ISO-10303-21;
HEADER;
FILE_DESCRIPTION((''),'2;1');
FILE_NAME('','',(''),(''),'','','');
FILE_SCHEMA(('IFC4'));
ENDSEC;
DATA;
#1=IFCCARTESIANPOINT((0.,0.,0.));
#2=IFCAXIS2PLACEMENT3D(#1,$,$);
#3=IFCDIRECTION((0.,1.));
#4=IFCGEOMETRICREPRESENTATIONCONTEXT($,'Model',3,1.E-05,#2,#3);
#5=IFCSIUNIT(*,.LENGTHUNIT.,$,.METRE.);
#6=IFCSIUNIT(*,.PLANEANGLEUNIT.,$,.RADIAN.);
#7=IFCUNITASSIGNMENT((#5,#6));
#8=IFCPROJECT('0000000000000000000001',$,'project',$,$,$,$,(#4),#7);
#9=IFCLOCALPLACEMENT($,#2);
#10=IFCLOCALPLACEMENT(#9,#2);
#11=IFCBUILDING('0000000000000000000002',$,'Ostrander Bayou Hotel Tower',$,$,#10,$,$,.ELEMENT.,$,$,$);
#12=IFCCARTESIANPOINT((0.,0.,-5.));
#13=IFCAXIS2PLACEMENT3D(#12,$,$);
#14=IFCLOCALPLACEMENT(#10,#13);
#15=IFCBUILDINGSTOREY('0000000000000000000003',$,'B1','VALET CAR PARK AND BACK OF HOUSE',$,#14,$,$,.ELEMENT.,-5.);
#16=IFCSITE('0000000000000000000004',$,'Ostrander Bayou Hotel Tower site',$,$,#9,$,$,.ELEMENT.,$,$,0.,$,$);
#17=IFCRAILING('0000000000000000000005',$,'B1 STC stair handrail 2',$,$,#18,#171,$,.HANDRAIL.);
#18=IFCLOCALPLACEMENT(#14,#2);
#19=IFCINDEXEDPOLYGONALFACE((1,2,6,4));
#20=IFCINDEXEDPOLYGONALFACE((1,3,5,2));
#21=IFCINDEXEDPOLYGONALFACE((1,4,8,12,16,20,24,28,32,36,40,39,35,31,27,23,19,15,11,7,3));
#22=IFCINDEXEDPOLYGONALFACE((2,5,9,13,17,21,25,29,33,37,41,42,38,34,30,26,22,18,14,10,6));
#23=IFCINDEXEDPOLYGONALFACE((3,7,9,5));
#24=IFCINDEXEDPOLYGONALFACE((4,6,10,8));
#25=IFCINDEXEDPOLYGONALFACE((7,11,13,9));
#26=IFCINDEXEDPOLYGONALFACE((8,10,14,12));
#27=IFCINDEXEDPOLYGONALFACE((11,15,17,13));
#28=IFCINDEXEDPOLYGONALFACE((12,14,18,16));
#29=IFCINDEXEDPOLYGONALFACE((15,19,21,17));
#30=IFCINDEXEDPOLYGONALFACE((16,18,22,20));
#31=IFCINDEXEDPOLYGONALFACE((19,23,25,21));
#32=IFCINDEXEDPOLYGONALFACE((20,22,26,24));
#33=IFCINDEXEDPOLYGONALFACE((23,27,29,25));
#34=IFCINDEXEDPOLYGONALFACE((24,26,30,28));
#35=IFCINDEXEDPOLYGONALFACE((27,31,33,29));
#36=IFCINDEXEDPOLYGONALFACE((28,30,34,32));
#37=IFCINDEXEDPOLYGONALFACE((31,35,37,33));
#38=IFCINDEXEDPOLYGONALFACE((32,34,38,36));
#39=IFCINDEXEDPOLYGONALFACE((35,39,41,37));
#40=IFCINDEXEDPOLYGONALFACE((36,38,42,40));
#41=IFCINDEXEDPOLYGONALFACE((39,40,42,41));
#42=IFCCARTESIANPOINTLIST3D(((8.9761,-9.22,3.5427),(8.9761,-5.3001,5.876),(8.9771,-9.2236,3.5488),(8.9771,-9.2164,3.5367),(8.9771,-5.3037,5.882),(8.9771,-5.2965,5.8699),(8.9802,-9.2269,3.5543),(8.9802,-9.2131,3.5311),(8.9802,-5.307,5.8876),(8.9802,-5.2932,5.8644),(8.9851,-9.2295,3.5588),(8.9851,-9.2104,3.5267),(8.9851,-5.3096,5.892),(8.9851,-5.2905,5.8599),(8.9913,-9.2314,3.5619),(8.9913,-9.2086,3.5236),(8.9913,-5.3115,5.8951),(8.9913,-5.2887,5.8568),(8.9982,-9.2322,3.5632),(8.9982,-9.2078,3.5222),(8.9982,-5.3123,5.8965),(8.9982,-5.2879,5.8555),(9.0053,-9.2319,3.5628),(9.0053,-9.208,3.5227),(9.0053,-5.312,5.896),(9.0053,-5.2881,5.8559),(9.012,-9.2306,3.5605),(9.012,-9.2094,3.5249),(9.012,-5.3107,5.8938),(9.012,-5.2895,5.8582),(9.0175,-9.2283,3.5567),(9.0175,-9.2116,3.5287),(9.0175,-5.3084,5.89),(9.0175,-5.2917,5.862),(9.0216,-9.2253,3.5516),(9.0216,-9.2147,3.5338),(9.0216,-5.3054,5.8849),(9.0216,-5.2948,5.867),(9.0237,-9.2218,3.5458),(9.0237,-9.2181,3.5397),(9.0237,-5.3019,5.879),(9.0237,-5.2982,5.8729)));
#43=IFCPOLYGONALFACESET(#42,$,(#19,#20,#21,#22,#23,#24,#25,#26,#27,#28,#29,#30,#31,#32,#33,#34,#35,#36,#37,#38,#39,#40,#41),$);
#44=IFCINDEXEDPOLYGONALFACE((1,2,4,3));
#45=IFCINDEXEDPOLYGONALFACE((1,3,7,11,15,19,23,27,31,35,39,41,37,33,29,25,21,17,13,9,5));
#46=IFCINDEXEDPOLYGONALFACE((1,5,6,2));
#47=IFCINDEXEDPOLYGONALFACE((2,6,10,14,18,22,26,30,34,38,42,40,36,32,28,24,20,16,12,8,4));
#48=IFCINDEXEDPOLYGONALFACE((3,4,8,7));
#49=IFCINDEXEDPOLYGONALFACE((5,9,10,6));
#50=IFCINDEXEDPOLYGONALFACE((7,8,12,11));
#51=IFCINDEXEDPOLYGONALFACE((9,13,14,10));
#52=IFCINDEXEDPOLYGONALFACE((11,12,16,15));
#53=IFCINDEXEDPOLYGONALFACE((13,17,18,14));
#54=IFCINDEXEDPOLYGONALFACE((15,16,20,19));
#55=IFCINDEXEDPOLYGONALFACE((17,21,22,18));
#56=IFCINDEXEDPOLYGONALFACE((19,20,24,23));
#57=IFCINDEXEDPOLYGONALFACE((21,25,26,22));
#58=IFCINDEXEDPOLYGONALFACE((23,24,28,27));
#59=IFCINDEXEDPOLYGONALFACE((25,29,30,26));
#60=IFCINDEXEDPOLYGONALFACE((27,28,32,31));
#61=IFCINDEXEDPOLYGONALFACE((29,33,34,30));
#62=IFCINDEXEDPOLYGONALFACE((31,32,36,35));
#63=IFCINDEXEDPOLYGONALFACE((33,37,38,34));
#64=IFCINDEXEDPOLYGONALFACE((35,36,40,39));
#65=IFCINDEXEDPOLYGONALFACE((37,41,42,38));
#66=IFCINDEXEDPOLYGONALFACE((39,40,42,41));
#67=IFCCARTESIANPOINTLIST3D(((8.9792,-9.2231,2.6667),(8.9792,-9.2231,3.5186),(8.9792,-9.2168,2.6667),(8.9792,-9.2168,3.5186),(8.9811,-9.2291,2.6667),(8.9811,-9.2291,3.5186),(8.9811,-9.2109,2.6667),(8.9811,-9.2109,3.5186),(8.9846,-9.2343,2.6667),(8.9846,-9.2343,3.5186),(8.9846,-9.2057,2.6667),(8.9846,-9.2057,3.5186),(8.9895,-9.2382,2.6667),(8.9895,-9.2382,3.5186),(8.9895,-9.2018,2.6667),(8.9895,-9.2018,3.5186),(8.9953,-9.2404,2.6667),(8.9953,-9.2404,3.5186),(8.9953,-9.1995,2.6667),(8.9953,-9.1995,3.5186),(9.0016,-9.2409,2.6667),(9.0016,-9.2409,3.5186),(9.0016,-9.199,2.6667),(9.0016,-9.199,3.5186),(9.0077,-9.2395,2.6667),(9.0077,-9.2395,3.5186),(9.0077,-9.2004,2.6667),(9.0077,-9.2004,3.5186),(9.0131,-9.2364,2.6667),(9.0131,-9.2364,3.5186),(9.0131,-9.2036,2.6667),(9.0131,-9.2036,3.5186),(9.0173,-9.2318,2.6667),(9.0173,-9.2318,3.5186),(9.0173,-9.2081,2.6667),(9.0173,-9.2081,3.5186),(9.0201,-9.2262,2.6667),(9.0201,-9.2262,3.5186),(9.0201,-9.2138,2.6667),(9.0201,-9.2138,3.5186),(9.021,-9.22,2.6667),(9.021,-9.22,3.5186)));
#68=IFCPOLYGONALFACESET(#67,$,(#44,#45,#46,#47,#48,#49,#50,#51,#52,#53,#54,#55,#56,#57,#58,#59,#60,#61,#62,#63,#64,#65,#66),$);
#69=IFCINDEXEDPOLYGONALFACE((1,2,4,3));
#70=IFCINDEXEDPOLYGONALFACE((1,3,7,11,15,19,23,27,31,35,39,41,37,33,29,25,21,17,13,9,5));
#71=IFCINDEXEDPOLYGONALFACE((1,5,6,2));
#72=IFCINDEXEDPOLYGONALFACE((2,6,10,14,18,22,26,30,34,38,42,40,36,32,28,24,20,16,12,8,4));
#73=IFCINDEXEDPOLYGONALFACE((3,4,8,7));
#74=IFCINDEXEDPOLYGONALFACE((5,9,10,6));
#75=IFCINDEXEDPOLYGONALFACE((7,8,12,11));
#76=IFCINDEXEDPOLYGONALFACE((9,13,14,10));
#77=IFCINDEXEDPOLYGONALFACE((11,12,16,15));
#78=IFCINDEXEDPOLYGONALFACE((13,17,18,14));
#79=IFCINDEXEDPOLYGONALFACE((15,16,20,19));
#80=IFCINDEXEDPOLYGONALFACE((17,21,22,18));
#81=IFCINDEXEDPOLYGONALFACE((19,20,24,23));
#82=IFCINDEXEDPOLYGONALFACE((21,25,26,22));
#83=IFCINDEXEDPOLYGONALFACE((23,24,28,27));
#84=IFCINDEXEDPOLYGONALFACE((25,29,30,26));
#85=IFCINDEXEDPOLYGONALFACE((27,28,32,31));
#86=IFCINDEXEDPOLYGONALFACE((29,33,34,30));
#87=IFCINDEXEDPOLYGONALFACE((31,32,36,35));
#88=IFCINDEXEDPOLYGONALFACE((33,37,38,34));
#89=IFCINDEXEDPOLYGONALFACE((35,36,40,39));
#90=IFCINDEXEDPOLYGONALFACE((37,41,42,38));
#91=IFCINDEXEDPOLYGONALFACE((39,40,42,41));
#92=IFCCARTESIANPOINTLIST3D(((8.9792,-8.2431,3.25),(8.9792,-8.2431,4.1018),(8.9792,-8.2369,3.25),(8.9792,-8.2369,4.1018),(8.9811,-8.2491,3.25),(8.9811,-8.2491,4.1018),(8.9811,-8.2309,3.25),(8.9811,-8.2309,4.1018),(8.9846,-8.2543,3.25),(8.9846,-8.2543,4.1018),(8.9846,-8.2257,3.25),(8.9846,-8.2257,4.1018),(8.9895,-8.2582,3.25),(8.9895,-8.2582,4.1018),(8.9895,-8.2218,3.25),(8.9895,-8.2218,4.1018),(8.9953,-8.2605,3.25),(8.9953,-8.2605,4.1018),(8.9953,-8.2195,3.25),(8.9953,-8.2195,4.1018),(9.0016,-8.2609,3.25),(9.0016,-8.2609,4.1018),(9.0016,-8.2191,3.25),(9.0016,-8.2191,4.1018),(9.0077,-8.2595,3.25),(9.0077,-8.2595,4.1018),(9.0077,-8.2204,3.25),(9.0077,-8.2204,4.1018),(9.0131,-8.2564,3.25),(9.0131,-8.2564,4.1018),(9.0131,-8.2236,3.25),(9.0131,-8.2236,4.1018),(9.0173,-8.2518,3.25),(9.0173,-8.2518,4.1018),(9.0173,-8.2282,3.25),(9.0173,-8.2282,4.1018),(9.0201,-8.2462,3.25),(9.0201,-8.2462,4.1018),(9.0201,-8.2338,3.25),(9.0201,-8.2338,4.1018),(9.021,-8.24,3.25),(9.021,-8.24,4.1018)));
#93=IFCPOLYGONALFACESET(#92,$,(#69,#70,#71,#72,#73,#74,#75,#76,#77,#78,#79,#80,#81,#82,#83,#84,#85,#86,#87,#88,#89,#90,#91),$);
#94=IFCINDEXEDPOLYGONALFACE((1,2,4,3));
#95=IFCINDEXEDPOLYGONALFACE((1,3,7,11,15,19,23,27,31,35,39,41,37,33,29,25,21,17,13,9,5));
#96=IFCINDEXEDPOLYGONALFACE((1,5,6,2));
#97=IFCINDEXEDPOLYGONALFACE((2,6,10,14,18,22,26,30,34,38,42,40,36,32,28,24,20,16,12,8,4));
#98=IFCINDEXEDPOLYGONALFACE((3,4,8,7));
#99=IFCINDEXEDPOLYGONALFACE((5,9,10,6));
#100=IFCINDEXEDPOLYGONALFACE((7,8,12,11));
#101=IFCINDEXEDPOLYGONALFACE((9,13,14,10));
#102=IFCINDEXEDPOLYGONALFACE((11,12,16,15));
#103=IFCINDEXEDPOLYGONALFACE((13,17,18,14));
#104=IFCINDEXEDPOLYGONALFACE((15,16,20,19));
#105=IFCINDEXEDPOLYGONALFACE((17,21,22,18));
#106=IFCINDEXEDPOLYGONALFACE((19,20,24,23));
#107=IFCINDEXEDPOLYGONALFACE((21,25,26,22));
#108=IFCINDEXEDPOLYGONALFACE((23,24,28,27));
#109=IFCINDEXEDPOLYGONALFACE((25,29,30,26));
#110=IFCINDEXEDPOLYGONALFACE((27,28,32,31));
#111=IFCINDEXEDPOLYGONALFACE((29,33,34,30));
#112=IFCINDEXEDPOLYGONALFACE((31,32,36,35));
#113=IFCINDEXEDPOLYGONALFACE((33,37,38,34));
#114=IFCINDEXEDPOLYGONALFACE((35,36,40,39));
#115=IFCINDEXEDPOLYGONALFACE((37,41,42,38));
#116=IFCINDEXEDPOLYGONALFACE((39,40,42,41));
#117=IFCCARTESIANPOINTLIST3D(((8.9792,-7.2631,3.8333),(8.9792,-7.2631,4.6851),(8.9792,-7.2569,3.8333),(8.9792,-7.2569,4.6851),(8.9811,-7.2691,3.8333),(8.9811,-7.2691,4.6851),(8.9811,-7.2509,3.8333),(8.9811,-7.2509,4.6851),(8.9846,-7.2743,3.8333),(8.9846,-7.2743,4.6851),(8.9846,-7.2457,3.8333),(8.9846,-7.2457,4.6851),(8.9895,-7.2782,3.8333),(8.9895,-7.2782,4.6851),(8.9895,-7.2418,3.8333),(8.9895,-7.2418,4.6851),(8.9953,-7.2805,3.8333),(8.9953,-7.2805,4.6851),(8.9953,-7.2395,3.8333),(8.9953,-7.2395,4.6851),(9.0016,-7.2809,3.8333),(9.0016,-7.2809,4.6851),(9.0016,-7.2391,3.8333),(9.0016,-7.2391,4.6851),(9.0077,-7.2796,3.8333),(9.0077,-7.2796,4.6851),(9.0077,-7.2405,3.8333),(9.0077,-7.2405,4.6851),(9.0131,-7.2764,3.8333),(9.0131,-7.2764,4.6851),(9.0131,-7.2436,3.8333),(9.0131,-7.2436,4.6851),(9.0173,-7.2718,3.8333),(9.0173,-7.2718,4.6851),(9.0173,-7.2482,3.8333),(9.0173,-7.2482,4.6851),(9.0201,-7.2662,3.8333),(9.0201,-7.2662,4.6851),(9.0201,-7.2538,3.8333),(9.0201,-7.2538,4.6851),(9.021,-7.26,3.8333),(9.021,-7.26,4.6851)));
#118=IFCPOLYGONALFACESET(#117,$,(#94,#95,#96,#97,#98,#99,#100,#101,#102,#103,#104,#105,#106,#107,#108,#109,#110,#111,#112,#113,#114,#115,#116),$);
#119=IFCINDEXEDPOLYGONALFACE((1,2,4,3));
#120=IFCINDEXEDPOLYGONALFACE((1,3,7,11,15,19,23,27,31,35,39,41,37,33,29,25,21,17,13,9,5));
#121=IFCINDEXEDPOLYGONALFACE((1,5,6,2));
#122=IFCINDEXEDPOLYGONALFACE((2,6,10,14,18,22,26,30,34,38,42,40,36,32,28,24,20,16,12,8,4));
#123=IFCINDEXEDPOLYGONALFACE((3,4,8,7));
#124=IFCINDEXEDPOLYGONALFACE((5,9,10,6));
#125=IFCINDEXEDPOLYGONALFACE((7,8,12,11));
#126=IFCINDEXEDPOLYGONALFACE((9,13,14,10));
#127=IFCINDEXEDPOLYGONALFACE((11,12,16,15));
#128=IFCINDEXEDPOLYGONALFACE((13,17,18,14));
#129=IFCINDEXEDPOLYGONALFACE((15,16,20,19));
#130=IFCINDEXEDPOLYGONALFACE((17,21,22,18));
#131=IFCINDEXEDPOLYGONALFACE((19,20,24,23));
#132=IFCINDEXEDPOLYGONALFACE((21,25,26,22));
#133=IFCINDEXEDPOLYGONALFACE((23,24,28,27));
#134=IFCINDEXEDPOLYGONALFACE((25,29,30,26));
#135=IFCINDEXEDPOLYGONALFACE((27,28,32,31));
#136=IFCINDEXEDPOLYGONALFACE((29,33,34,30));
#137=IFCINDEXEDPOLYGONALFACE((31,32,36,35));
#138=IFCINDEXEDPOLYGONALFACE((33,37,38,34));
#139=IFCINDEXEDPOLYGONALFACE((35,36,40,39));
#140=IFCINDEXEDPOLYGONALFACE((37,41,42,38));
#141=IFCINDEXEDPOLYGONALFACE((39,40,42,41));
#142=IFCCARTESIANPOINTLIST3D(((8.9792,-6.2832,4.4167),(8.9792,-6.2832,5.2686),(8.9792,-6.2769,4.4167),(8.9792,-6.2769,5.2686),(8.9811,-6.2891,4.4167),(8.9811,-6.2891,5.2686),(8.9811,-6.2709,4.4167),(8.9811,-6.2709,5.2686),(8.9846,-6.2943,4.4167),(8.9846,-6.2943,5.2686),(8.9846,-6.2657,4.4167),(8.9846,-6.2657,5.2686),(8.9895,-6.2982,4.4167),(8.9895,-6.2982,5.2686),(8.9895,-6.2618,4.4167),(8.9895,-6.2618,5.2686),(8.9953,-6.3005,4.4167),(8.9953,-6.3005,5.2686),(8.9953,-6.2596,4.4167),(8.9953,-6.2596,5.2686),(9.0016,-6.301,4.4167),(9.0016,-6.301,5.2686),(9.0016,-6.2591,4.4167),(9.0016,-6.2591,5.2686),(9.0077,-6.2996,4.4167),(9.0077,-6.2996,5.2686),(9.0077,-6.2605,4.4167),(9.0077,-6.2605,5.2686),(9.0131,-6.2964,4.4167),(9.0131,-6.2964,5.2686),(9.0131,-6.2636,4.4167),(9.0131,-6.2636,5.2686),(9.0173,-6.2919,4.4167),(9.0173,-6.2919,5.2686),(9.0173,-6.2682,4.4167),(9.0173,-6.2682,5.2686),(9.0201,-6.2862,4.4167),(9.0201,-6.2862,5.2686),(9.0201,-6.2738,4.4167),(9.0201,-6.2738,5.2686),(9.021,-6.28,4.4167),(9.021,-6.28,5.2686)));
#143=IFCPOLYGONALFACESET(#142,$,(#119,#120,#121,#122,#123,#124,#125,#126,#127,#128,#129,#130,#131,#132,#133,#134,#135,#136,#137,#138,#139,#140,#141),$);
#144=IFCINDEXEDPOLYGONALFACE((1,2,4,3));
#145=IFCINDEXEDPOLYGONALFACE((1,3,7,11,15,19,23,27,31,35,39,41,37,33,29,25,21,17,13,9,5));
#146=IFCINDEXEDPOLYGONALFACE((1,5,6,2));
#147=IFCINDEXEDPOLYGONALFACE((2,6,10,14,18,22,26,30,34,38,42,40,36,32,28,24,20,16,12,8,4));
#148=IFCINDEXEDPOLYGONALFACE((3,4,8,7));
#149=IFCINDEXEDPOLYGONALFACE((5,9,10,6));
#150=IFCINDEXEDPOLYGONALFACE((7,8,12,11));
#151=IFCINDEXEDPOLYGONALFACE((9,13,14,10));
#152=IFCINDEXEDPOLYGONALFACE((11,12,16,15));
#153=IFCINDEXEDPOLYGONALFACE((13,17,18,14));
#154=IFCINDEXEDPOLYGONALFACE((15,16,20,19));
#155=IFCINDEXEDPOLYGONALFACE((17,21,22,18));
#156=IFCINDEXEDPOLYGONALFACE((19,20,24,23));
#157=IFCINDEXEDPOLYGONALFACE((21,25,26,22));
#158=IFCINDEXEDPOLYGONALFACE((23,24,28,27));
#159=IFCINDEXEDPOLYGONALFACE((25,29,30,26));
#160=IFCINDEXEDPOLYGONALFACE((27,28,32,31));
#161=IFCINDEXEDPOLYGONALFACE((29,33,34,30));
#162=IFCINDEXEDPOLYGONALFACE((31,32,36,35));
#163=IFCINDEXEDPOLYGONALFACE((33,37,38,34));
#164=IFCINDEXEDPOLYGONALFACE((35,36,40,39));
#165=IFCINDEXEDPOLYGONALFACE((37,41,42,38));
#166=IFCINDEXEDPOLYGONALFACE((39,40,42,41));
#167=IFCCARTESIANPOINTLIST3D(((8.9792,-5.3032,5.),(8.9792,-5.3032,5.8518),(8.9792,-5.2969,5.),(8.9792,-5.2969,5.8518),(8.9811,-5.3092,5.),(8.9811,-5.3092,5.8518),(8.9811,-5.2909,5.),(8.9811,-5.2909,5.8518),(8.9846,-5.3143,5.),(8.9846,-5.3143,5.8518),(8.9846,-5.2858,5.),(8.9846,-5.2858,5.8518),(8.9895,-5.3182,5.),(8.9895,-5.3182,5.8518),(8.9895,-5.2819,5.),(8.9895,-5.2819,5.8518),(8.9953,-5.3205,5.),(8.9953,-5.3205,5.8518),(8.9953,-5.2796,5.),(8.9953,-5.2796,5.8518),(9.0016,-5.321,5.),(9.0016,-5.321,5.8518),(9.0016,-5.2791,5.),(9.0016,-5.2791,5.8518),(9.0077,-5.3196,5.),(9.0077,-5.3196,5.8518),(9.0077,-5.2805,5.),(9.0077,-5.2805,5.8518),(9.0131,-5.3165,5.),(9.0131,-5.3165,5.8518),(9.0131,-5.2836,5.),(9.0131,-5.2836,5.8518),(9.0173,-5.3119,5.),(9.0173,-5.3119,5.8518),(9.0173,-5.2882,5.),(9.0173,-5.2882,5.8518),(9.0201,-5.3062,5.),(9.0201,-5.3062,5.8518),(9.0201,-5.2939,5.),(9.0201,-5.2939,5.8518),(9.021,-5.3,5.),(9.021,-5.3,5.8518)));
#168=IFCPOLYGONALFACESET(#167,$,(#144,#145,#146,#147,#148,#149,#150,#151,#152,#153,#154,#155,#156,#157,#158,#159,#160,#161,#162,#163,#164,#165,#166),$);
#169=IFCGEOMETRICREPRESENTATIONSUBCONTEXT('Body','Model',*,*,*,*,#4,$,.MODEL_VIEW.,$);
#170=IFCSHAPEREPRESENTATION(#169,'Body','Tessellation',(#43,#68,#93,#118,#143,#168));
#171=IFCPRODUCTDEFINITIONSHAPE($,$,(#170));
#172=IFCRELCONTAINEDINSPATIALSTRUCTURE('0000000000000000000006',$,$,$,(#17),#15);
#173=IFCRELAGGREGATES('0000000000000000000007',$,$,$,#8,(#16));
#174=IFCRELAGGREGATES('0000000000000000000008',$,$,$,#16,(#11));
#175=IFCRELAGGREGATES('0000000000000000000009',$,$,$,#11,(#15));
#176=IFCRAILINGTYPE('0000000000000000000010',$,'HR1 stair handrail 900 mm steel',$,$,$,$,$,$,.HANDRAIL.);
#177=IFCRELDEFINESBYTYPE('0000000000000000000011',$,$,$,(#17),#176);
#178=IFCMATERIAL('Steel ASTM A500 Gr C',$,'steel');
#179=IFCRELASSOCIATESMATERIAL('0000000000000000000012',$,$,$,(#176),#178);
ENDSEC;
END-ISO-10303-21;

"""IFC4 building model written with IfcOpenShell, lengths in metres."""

from ifc_helpers import new_model, si_unit, direction, frame, origin, origin_2d, place, context, subcontext, project, spatial, circle, extrude, material, type_object, element, save


model = new_model("IFC4")

# Units and contexts
model_context = context("Model", 3, precision=1e-05, world=origin(), true_north=direction((0.0, 1.0)))
body_context = subcontext(model_context, "Body", "Model", "MODEL_VIEW")
ifc_project = project(units=[si_unit("LENGTHUNIT", "METRE"), si_unit("PLANEANGLEUNIT", "RADIAN")], contexts=[model_context])

# Site, building, storey
site_placement = place(None, origin())
site = spatial("IfcSite", under=ifc_project, at=site_placement, Name="Ostrander Bayou Hotel Tower site", CompositionType="ELEMENT", RefElevation=0.0)
building_placement = place(site_placement, origin())
building = spatial("IfcBuilding", under=site, at=building_placement, Name="Ostrander Bayou Hotel Tower", CompositionType="ELEMENT")
storey_placement = place(building_placement, frame((0.0, 0.0, -5.0)))
storey = spatial("IfcBuildingStorey", under=building, at=storey_placement, Name="B1", Description="VALET CAR PARK AND BACK OF HOUSE", CompositionType="ELEMENT", Elevation=-5.0)

# Railing
ifc_material_1 = material(Name="Steel ASTM A500 Gr C", Category="steel")
railing_type_1 = type_object("IfcRailingType", Name="HR1 stair handrail 900 mm steel", PredefinedType="HANDRAIL", material=ifc_material_1)
railing_1_placement = place(storey_placement, frame((9.0, -9.22, 2.6667)))
element("IfcRailing", 1, at=railing_1_placement, inside=storey, type_object=railing_type_1, Name="B1 STC stair handrail 2", PredefinedType="HANDRAIL", context=body_context, shape_type="SweptSolid", body=[
    extrude(circle(Radius=0.0239, at=origin_2d()), frame((0.0, 0.0, 0.876), z_axis=(0.0, 0.859296, 0.511478), x_axis=(-1.0, 0.0, 0.0)), (0.0, 0.0, 1.0), 4.5618),
    extrude(circle(Radius=0.021, at=origin_2d()), origin(), (0.0, 0.0, 1.0), 0.8518),
    extrude(circle(Radius=0.021, at=origin_2d()), frame((0.0, 0.98, 0.5833)), (0.0, 0.0, 1.0), 0.8518),
    extrude(circle(Radius=0.021, at=origin_2d()), frame((0.0, 1.96, 1.1665)), (0.0, 0.0, 1.0), 0.8518),
    extrude(circle(Radius=0.021, at=origin_2d()), frame((0.0, 2.9399, 1.75)), (0.0, 0.0, 1.0), 0.8518),
    extrude(circle(Radius=0.021, at=origin_2d()), frame((0.0, 3.9199, 2.3333)), (0.0, 0.0, 1.0), 0.8518),
])

save(model, "model.ifc")
